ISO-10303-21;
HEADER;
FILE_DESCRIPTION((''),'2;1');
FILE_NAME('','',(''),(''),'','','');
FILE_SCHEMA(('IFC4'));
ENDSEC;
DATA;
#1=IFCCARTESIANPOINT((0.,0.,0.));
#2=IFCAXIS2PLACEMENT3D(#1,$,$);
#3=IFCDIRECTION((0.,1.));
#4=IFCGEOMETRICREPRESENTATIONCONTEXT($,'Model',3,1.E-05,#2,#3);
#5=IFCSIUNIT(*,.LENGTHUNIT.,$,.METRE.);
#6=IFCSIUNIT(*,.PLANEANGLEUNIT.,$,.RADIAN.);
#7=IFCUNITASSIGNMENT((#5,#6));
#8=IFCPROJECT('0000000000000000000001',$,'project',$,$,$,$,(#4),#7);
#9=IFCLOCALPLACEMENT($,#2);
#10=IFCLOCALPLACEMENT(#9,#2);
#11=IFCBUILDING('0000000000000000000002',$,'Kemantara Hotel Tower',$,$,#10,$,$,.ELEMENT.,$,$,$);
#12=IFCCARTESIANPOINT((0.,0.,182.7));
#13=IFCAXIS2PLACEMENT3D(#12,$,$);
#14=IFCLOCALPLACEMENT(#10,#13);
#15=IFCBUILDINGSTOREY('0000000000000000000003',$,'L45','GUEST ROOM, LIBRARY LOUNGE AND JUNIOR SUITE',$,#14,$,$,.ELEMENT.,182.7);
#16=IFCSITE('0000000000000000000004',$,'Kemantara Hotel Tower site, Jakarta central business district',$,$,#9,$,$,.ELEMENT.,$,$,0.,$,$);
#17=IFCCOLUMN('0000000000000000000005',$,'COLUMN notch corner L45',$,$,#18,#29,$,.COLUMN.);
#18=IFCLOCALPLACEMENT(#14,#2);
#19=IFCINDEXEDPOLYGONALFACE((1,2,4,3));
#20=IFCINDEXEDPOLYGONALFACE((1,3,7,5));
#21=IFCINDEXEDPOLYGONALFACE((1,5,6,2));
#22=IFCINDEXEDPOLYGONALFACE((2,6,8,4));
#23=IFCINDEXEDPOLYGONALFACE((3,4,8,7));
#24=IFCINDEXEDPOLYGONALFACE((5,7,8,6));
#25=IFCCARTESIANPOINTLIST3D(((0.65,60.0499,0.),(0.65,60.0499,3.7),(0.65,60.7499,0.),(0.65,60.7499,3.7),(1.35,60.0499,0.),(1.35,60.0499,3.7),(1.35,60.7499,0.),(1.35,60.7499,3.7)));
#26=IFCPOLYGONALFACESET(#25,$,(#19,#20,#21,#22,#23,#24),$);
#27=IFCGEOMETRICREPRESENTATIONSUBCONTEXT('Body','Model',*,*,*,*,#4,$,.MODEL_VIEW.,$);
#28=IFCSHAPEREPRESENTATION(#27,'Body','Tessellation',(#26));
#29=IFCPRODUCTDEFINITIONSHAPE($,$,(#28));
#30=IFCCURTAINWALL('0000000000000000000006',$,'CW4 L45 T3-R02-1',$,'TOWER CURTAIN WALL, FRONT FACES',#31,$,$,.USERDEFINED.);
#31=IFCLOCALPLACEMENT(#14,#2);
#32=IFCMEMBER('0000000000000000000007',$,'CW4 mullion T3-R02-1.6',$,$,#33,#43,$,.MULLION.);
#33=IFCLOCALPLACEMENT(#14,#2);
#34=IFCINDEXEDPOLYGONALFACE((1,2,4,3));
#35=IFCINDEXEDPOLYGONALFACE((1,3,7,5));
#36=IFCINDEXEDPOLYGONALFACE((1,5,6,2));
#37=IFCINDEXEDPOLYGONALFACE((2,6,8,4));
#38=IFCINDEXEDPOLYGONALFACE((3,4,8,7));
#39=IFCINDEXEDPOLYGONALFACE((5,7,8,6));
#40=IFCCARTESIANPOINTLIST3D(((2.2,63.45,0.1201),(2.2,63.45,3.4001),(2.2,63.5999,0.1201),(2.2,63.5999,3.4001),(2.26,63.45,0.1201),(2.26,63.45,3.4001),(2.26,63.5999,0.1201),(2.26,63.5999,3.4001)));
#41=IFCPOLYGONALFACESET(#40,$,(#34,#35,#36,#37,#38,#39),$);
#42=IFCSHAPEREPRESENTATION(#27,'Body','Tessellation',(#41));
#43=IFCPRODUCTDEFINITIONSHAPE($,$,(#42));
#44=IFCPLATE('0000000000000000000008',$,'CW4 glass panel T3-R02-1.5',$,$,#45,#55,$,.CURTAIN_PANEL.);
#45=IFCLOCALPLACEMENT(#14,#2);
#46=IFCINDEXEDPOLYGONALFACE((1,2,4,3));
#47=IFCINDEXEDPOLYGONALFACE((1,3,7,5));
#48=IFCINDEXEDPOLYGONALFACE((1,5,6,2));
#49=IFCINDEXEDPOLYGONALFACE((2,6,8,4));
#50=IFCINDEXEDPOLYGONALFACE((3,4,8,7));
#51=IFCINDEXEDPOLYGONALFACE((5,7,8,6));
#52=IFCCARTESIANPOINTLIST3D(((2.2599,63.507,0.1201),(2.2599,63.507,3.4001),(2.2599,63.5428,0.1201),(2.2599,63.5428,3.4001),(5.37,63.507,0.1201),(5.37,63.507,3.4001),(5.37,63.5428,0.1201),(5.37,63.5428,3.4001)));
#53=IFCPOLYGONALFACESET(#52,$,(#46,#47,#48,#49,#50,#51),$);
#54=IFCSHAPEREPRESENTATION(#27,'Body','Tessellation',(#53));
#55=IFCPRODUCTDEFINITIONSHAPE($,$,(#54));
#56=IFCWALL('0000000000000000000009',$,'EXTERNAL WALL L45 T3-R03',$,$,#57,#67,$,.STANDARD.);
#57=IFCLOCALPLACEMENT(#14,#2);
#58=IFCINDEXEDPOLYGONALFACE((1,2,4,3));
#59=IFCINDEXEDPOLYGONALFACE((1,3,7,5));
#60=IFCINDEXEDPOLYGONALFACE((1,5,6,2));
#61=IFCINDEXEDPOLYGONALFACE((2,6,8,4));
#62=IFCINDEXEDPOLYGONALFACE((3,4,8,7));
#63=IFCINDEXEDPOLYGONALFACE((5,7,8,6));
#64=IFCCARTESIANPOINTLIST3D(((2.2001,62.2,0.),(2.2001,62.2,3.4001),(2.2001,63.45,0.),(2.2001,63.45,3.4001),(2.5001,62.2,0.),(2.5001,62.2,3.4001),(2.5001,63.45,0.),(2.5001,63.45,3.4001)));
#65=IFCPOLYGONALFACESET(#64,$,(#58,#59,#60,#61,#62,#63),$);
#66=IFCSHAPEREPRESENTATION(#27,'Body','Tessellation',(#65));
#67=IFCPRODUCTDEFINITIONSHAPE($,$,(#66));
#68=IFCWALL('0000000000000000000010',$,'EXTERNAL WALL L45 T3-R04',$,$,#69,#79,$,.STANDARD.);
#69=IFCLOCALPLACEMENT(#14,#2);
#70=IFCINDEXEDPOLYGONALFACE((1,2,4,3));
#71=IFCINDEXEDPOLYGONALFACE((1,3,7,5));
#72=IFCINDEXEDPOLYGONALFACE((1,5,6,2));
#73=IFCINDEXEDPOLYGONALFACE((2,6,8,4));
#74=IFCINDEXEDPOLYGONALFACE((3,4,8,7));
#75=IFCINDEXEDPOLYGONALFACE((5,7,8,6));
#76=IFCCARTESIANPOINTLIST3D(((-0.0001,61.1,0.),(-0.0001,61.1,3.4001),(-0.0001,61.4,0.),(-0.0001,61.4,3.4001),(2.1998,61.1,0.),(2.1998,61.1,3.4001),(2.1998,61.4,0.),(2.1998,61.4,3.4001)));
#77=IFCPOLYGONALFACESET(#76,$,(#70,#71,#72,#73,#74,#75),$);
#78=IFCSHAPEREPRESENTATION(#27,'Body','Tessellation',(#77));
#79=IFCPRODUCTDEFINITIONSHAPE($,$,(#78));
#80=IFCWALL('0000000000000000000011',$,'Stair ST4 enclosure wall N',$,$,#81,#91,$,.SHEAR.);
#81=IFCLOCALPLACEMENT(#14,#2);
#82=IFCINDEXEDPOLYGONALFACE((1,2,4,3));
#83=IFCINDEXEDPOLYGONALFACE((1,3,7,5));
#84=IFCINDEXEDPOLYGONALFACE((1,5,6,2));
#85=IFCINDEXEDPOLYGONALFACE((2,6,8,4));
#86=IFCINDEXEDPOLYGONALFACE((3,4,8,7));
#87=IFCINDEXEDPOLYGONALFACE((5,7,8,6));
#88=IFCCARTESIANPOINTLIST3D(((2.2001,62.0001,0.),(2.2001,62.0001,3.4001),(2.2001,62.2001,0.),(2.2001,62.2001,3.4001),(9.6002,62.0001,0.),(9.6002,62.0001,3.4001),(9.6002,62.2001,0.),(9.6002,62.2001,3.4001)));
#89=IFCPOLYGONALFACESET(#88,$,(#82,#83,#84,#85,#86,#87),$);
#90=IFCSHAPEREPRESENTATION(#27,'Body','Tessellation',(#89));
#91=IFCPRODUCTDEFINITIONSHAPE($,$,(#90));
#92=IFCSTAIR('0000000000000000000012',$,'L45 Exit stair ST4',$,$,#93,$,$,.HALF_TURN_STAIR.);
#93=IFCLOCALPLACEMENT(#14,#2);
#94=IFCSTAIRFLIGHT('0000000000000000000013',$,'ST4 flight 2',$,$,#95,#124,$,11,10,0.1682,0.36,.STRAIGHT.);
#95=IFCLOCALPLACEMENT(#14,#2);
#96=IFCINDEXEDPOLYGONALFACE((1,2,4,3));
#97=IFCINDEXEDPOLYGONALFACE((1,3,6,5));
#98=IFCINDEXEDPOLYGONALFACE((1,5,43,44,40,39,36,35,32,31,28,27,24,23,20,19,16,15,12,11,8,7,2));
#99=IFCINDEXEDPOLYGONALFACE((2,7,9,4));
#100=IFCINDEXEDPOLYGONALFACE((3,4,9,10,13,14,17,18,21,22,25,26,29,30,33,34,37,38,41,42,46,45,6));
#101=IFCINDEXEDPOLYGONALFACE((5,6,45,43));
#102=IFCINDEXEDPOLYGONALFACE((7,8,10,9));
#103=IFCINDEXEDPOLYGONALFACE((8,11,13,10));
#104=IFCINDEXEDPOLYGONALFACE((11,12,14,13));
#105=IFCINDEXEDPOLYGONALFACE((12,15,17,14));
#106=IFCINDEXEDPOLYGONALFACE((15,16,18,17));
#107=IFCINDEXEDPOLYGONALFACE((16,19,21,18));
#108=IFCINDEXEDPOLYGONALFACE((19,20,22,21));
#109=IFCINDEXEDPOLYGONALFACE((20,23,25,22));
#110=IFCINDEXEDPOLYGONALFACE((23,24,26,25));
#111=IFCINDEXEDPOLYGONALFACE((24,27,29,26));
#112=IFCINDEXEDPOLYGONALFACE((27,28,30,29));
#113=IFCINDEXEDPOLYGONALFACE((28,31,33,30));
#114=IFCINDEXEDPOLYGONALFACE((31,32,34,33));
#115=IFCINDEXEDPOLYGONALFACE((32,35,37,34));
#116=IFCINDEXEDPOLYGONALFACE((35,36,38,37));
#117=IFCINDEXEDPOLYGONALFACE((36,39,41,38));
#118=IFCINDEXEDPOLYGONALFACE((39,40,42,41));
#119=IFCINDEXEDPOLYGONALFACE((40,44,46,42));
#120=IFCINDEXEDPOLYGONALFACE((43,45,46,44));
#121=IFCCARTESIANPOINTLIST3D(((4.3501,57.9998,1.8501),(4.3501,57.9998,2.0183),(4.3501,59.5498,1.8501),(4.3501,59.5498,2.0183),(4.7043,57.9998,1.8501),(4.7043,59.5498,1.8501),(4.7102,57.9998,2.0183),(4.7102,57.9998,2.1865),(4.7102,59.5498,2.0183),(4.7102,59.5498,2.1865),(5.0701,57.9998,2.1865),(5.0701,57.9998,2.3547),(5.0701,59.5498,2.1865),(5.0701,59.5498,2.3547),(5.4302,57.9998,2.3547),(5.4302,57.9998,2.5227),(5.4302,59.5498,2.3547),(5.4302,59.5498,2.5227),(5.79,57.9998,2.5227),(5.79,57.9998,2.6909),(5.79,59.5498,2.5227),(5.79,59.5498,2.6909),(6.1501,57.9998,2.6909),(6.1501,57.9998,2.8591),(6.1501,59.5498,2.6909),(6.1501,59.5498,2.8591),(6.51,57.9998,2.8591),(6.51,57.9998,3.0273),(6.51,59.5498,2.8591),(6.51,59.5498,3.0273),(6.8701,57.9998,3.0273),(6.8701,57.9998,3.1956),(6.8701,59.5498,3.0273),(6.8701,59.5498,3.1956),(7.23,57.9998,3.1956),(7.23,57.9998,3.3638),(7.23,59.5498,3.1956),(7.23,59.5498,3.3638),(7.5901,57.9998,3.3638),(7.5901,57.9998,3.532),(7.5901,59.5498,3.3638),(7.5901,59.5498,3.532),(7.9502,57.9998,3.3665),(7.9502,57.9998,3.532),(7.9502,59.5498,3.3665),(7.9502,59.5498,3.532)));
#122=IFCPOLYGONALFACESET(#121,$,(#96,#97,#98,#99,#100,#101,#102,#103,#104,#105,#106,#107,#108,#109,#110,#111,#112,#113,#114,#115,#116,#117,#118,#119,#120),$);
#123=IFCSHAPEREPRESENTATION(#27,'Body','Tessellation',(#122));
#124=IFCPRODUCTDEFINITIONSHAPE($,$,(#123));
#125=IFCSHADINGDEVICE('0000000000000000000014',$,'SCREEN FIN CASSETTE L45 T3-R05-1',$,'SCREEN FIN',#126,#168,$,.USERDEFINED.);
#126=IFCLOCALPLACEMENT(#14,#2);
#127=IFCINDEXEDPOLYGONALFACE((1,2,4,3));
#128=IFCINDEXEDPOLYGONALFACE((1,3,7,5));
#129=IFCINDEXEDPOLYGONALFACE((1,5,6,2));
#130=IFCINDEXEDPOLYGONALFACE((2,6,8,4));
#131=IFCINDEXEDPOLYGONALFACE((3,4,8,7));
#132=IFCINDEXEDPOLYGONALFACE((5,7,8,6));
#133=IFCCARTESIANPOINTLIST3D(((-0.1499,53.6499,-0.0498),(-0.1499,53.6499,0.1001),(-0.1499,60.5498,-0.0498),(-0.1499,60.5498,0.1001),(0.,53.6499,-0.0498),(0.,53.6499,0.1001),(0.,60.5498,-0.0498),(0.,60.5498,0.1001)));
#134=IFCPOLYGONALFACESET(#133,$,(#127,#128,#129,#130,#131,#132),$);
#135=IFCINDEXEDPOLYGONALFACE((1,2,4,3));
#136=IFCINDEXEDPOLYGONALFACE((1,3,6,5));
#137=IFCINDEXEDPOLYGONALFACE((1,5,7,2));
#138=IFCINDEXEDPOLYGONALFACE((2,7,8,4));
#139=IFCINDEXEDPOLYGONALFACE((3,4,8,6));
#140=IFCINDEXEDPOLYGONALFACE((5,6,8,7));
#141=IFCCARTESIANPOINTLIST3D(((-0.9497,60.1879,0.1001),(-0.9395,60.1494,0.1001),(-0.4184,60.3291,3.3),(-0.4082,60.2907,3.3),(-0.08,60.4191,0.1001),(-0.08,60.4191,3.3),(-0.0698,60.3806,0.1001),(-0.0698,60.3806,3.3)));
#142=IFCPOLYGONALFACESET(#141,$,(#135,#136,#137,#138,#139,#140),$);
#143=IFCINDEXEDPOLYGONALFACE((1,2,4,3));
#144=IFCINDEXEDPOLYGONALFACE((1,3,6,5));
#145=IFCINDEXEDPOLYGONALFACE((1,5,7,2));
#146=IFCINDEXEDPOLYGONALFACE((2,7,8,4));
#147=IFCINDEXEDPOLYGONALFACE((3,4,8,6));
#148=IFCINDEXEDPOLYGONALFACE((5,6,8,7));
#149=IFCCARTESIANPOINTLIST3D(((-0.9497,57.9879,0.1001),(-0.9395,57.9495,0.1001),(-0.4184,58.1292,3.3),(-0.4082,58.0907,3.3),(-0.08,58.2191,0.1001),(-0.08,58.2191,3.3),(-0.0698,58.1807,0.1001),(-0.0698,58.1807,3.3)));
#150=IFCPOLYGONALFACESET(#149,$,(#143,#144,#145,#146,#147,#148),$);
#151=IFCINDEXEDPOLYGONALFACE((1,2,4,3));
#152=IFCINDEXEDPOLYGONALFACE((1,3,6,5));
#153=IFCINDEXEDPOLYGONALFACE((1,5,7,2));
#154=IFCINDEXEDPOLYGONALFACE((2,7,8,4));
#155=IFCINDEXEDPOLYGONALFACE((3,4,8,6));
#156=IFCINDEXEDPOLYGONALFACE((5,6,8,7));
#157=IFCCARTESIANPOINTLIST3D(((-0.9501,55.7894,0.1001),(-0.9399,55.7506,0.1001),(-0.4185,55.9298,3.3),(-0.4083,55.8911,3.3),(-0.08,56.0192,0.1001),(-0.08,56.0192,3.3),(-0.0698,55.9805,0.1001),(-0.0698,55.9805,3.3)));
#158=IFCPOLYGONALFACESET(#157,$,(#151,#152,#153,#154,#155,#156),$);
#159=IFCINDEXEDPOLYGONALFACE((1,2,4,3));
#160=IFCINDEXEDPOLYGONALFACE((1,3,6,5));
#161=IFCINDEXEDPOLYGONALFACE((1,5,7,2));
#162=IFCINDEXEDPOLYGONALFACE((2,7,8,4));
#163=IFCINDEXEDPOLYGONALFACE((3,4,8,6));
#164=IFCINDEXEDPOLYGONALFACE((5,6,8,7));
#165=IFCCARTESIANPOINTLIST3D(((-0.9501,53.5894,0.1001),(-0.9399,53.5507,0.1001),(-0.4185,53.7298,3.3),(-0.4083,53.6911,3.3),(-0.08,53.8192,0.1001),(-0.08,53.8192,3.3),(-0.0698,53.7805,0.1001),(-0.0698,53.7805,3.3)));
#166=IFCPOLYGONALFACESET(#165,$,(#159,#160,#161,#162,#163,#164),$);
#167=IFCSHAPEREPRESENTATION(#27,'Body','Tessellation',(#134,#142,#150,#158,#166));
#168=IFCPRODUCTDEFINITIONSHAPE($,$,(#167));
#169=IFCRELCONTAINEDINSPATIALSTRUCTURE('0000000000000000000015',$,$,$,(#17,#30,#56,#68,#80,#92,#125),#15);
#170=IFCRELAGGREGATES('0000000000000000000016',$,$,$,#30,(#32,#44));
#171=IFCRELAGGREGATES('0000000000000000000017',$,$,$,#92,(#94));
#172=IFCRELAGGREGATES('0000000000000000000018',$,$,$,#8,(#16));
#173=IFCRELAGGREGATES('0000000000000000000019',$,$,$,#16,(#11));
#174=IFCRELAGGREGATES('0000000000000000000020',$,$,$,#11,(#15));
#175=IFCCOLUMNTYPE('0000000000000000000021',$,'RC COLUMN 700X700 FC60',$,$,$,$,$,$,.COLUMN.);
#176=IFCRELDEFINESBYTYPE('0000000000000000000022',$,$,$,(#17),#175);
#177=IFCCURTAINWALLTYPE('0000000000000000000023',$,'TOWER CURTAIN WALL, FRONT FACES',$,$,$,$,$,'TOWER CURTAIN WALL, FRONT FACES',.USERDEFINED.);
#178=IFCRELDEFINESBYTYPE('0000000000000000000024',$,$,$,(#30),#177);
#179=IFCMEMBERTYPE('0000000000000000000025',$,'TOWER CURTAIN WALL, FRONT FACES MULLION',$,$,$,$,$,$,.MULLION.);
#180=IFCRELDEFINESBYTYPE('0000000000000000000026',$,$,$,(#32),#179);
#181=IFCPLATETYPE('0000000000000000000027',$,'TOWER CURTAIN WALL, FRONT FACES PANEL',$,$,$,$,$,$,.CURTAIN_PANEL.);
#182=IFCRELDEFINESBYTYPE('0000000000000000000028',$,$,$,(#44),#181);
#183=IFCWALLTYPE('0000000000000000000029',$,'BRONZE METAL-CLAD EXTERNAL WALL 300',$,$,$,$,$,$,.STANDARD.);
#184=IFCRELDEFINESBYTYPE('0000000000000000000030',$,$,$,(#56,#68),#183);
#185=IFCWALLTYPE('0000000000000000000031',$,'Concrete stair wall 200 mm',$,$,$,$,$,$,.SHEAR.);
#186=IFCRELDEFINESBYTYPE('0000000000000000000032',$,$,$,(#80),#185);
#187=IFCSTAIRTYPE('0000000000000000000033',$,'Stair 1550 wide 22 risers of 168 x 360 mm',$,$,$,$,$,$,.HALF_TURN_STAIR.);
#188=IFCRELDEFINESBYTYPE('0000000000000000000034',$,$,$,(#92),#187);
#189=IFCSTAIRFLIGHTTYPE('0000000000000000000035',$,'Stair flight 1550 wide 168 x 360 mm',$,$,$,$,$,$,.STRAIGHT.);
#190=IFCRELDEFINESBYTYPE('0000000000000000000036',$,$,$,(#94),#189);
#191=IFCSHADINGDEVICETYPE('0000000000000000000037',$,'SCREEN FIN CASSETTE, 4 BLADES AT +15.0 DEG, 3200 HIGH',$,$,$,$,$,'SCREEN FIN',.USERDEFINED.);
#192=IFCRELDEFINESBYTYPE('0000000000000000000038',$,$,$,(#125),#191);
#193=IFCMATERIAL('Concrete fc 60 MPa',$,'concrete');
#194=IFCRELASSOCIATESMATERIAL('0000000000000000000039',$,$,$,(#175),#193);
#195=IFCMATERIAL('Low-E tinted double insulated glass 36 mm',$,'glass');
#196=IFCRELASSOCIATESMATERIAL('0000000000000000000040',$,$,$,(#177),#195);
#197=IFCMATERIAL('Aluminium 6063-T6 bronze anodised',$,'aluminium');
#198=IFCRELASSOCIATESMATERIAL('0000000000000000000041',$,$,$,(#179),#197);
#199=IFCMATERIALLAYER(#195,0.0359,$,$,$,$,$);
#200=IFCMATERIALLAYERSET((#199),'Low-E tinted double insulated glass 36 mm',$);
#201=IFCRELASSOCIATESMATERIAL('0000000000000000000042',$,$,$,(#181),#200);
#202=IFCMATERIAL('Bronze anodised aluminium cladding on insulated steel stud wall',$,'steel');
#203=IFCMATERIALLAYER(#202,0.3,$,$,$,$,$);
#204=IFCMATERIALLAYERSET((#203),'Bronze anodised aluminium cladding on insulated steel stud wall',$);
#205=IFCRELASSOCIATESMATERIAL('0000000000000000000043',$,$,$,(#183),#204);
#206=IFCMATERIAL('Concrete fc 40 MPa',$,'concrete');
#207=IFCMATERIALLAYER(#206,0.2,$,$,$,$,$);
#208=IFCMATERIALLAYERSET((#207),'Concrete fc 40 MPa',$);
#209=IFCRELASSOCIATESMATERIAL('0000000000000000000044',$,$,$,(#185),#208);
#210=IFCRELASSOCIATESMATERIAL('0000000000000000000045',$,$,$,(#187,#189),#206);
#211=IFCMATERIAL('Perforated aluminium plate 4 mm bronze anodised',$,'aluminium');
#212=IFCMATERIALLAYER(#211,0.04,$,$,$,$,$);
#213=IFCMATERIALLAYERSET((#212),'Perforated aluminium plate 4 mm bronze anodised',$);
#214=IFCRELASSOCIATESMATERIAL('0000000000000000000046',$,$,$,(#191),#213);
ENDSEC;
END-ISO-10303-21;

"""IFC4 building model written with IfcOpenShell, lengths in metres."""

from ifc_helpers import new_model, si_unit, direction, frame, frame_2d, origin, origin_2d, place, context, subcontext, project, spatial, polyline, rectangle, outline, extrude, source, transform, mapped, material, layer, layer_set, material_profile, profile_set, type_object, element, aggregate, save


model = new_model("IFC4")

# Units and contexts
model_context = context("Model", 3, precision=1e-05, world=origin(), true_north=direction((0.0, 1.0)))
body_context = subcontext(model_context, "Body", "Model", "MODEL_VIEW")
ifc_project = project(units=[si_unit("LENGTHUNIT", "METRE"), si_unit("PLANEANGLEUNIT", "RADIAN")], contexts=[model_context])

# Site, building, storey
site_placement = place(None, origin())
site = spatial("IfcSite", under=ifc_project, at=site_placement, Name="Kemantara Hotel Tower site, Jakarta central business district", CompositionType="ELEMENT", RefElevation=0.0)
building_placement = place(site_placement, origin())
building = spatial("IfcBuilding", under=site, at=building_placement, Name="Kemantara Hotel Tower", CompositionType="ELEMENT")
storey_placement = place(building_placement, frame((0.0, 0.0, 182.7)))
storey = spatial("IfcBuildingStorey", under=building, at=storey_placement, Name="L45", Description="GUEST ROOM, LIBRARY LOUNGE AND JUNIOR SUITE", CompositionType="ELEMENT", Elevation=182.7)

# Column
ifc_material_1 = material(Name="Concrete fc 60 MPa", Category="concrete")
ifc_material_profile_1 = material_profile(ifc_material_1, rectangle(XDim=0.7, YDim=0.7, at=origin_2d()), Name="RC 700X700")
ifc_profile_set_1 = profile_set([ifc_material_profile_1], Name="Concrete fc 60 MPa")
column_type = type_object("IfcColumnType", Name="RC COLUMN 700X700 FC60", PredefinedType="COLUMN", material=ifc_profile_set_1)
column_placement = place(storey_placement, frame((1.0, 60.3999, 0.0), z_axis=(0.0, 0.0, 1.0), x_axis=(1.0, 0.0, 0.0)))
element("IfcColumn", 1, at=column_placement, inside=storey, type_object=column_type, Name="COLUMN notch corner L45", PredefinedType="COLUMN", context=body_context, shape_type="SweptSolid", body=[
    extrude(rectangle(XDim=0.7, YDim=0.7, at=origin_2d()), origin(), (0.0, 0.0, 1.0), 3.7),
])

# Curtain wall, member, plate
ifc_material_2 = material(Name="Low-E tinted double insulated glass 36 mm", Category="glass")
curtain_wall_type = type_object("IfcCurtainWallType", Name="TOWER CURTAIN WALL, FRONT FACES", ElementType="TOWER CURTAIN WALL, FRONT FACES", PredefinedType="USERDEFINED", material=ifc_material_2)
curtain_wall_placement = place(storey_placement, origin())
curtain_wall = element("IfcCurtainWall", 2, at=curtain_wall_placement, inside=storey, type_object=curtain_wall_type, Name="CW4 L45 T3-R02-1", ObjectType="TOWER CURTAIN WALL, FRONT FACES", PredefinedType="USERDEFINED")
ifc_material_3 = material(Name="Aluminium 6063-T6 bronze anodised", Category="aluminium")
ifc_material_profile_2 = material_profile(ifc_material_3, rectangle(XDim=0.1499, YDim=0.0601, at=origin_2d()), Name="TOWER CURTAIN WALL, FRONT FACES MULLION")
ifc_profile_set_2 = profile_set([ifc_material_profile_2], Name="Aluminium 6063-T6 bronze anodised")
member_type = type_object("IfcMemberType", Name="TOWER CURTAIN WALL, FRONT FACES MULLION", PredefinedType="MULLION", material=ifc_profile_set_2)
shared_shape_1 = source(origin(), body_context, "Body", "SweptSolid", [
    extrude(rectangle(XDim=0.1499, YDim=0.0601, at=origin_2d()), origin(), (0.0, 0.0, 1.0), 3.28),
])
member_placement = place(storey_placement, frame((2.23, 63.5249, 0.1201), z_axis=(0.0, 0.0, 1.0), x_axis=(0.0, -1.0, 0.0)))
member = element("IfcMember", 3, at=member_placement, type_object=member_type, Name="CW4 mullion T3-R02-1.6", PredefinedType="MULLION", context=body_context, shape_type="MappedRepresentation", body=[
    mapped(shared_shape_1, transform((0.0, 0.0, 0.0))),
])
ifc_layer_1 = layer(ifc_material_2, 0.0359)
ifc_layer_set_1 = layer_set([ifc_layer_1], Name="Low-E tinted double insulated glass 36 mm")
plate_type = type_object("IfcPlateType", Name="TOWER CURTAIN WALL, FRONT FACES PANEL", PredefinedType="CURTAIN_PANEL", material=ifc_layer_set_1)
shared_shape_2 = source(origin(), body_context, "Body", "SweptSolid", [
    extrude(rectangle(XDim=3.1101, YDim=0.0359, at=origin_2d()), origin(), (0.0, 0.0, 1.0), 3.28),
])
plate_placement = place(storey_placement, frame((3.8149, 63.5249, 0.1201), z_axis=(0.0, 0.0, 1.0), x_axis=(-1.0, 0.0, 0.0)))
plate = element("IfcPlate", 4, at=plate_placement, type_object=plate_type, Name="CW4 glass panel T3-R02-1.5", PredefinedType="CURTAIN_PANEL", context=body_context, shape_type="MappedRepresentation", body=[
    mapped(shared_shape_2, transform((0.0, 0.0, 0.0))),
])
aggregate(curtain_wall, [member, plate])

# Walls
ifc_material_4 = material(Name="Bronze anodised aluminium cladding on insulated steel stud wall", Category="steel")
ifc_layer_2 = layer(ifc_material_4, 0.3)
ifc_layer_set_2 = layer_set([ifc_layer_2], Name="Bronze anodised aluminium cladding on insulated steel stud wall")
wall_type_1 = type_object("IfcWallType", Name="BRONZE METAL-CLAD EXTERNAL WALL 300", PredefinedType="STANDARD", material=ifc_layer_set_2)
wall_1_placement = place(storey_placement, frame((2.3501, 63.45, 0.0), z_axis=(0.0, 0.0, 1.0), x_axis=(0.0, -1.0, 0.0)))
element("IfcWall", 5, at=wall_1_placement, inside=storey, type_object=wall_type_1, Name="EXTERNAL WALL L45 T3-R03", PredefinedType="STANDARD", context=body_context, shape_type="SweptSolid", body=[
    extrude(rectangle(XDim=1.25, YDim=0.3, at=frame_2d((0.625, 0.0))), origin(), (0.0, 0.0, 1.0), 3.4001),
])
wall_2_placement = place(storey_placement, frame((2.2, 61.25, 0.0), z_axis=(0.0, 0.0, 1.0), x_axis=(-1.0, 0.0, 0.0)))
element("IfcWall", 6, at=wall_2_placement, inside=storey, type_object=wall_type_1, Name="EXTERNAL WALL L45 T3-R04", PredefinedType="STANDARD", context=body_context, shape_type="SweptSolid", body=[
    extrude(rectangle(XDim=2.2, YDim=0.3, at=frame_2d((1.1001, 0.0))), origin(), (0.0, 0.0, 1.0), 3.4001),
])

# Wall
ifc_material_5 = material(Name="Concrete fc 40 MPa", Category="concrete")
ifc_layer_3 = layer(ifc_material_5, 0.2)
ifc_layer_set_3 = layer_set([ifc_layer_3], Name="Concrete fc 40 MPa")
wall_type_2 = type_object("IfcWallType", Name="Concrete stair wall 200 mm", PredefinedType="SHEAR", material=ifc_layer_set_3)
wall_3_placement = place(storey_placement, frame((2.2, 62.1001, 0.0), z_axis=(0.0, 0.0, 1.0), x_axis=(1.0, 0.0, 0.0)))
element("IfcWall", 7, at=wall_3_placement, inside=storey, type_object=wall_type_2, Name="Stair ST4 enclosure wall N", PredefinedType="SHEAR", context=body_context, shape_type="SweptSolid", body=[
    extrude(rectangle(XDim=7.4001, YDim=0.2, at=frame_2d((3.7002, 0.0))), origin(), (0.0, 0.0, 1.0), 3.4001),
])

# Stair, stair flight
stair_type = type_object("IfcStairType", Name="Stair 1550 wide 22 risers of 168 x 360 mm", PredefinedType="HALF_TURN_STAIR", material=ifc_material_5)
stair_placement = place(storey_placement, origin())
stair = element("IfcStair", 8, at=stair_placement, inside=storey, type_object=stair_type, Name="L45 Exit stair ST4", PredefinedType="HALF_TURN_STAIR")
stair_flight_type = type_object("IfcStairFlightType", Name="Stair flight 1550 wide 168 x 360 mm", PredefinedType="STRAIGHT", material=ifc_material_5)
stair_flight_placement = place(storey_placement, frame((4.3501, 58.7749, 1.8501), z_axis=(0.0, 0.0, 1.0), x_axis=(1.0, 0.0, 0.0)))
stair_flight = element("IfcStairFlight", 9, at=stair_flight_placement, type_object=stair_flight_type, Name="ST4 flight 2", NumberOfRisers=11, NumberOfTreads=10, PredefinedType="STRAIGHT", RiserHeight=0.1682, TreadLength=0.36, context=body_context, shape_type="SweptSolid", body=[
    extrude(outline(polyline([(0.0, 0.0), (0.0, 0.1682), (0.3601, 0.1682), (0.3601, 0.3364), (0.72, 0.3364), (0.72, 0.5046), (1.0801, 0.5046), (1.0801, 0.6726), (1.4399, 0.6726), (1.4399, 0.8408), (1.8, 0.8408), (1.8, 1.009), (2.1599, 1.009), (2.1599, 1.1772), (2.52, 1.1772), (2.52, 1.3455), (2.8799, 1.3455), (2.8799, 1.5137), (3.24, 1.5137), (3.24, 1.6819), (3.6001, 1.6819), (3.6001, 1.8501), (3.6001, 1.5164), (0.3542, 0.0), (0.0, 0.0)])), frame((0.0, 0.7749, 0.0), z_axis=(0.0, -1.0, 0.0), x_axis=(1.0, 0.0, 0.0)), (0.0, 0.0, 1.0), 1.55),
])
aggregate(stair, [stair_flight])

# Shading device
ifc_material_6 = material(Name="Perforated aluminium plate 4 mm bronze anodised", Category="aluminium")
ifc_layer_4 = layer(ifc_material_6, 0.04)
ifc_layer_set_4 = layer_set([ifc_layer_4], Name="Perforated aluminium plate 4 mm bronze anodised")
shading_device_type = type_object("IfcShadingDeviceType", Name="SCREEN FIN CASSETTE, 4 BLADES AT +15.0 DEG, 3200 HIGH", ElementType="SCREEN FIN", PredefinedType="USERDEFINED", material=ifc_layer_set_4)
shared_shape_3 = source(origin(), body_context, "Body", "SweptSolid", [
    extrude(rectangle(XDim=6.8999, YDim=0.1499, at=origin_2d()), frame((3.3, -0.075, -0.1499), z_axis=(0.0, 0.0, 1.0), x_axis=(1.0, 0.0, 0.0)), (0.0, 0.0, 1.0), 0.1499),
    extrude(outline(polyline([(0.0, 0.0), (0.8999, 0.0), (0.3501, 3.2), (0.0, 3.2), (0.0, 0.0)])), frame((0.0193, -0.0698, 0.0), z_axis=(-0.966438, -0.256901, 0.0), x_axis=(0.256901, -0.966438, 0.0)), (0.0, 0.0, 1.0), 0.0398),
    extrude(outline(polyline([(0.0, 0.0), (0.8999, 0.0), (0.3501, 3.2), (0.0, 3.2), (0.0, 0.0)])), frame((2.2192, -0.0698, 0.0), z_axis=(-0.966438, -0.256901, 0.0), x_axis=(0.256901, -0.966438, 0.0)), (0.0, 0.0, 1.0), 0.0398),
    extrude(outline(polyline([(0.0, 0.0), (0.8999, 0.0), (0.3501, 3.2), (0.0, 3.2), (0.0, 0.0)])), frame((4.4194, -0.0698, 0.0), z_axis=(-0.966838, -0.255391, 0.0), x_axis=(0.255391, -0.966838, 0.0)), (0.0, 0.0, 1.0), 0.04),
    extrude(outline(polyline([(0.0, 0.0), (0.8999, 0.0), (0.3501, 3.2), (0.0, 3.2), (0.0, 0.0)])), frame((6.6194, -0.0698, 0.0), z_axis=(-0.966838, -0.255391, 0.0), x_axis=(0.255391, -0.966838, 0.0)), (0.0, 0.0, 1.0), 0.04),
])
shading_device_placement = place(storey_placement, frame((0.0, 60.3999, 0.1001), z_axis=(0.0, 0.0, 1.0), x_axis=(0.0, -1.0, 0.0)))
element("IfcShadingDevice", 10, at=shading_device_placement, inside=storey, type_object=shading_device_type, Name="SCREEN FIN CASSETTE L45 T3-R05-1", ObjectType="SCREEN FIN", PredefinedType="USERDEFINED", context=body_context, shape_type="MappedRepresentation", body=[
    mapped(shared_shape_3, transform((0.0, 0.0, 0.0))),
])

save(model, "model.ifc")
